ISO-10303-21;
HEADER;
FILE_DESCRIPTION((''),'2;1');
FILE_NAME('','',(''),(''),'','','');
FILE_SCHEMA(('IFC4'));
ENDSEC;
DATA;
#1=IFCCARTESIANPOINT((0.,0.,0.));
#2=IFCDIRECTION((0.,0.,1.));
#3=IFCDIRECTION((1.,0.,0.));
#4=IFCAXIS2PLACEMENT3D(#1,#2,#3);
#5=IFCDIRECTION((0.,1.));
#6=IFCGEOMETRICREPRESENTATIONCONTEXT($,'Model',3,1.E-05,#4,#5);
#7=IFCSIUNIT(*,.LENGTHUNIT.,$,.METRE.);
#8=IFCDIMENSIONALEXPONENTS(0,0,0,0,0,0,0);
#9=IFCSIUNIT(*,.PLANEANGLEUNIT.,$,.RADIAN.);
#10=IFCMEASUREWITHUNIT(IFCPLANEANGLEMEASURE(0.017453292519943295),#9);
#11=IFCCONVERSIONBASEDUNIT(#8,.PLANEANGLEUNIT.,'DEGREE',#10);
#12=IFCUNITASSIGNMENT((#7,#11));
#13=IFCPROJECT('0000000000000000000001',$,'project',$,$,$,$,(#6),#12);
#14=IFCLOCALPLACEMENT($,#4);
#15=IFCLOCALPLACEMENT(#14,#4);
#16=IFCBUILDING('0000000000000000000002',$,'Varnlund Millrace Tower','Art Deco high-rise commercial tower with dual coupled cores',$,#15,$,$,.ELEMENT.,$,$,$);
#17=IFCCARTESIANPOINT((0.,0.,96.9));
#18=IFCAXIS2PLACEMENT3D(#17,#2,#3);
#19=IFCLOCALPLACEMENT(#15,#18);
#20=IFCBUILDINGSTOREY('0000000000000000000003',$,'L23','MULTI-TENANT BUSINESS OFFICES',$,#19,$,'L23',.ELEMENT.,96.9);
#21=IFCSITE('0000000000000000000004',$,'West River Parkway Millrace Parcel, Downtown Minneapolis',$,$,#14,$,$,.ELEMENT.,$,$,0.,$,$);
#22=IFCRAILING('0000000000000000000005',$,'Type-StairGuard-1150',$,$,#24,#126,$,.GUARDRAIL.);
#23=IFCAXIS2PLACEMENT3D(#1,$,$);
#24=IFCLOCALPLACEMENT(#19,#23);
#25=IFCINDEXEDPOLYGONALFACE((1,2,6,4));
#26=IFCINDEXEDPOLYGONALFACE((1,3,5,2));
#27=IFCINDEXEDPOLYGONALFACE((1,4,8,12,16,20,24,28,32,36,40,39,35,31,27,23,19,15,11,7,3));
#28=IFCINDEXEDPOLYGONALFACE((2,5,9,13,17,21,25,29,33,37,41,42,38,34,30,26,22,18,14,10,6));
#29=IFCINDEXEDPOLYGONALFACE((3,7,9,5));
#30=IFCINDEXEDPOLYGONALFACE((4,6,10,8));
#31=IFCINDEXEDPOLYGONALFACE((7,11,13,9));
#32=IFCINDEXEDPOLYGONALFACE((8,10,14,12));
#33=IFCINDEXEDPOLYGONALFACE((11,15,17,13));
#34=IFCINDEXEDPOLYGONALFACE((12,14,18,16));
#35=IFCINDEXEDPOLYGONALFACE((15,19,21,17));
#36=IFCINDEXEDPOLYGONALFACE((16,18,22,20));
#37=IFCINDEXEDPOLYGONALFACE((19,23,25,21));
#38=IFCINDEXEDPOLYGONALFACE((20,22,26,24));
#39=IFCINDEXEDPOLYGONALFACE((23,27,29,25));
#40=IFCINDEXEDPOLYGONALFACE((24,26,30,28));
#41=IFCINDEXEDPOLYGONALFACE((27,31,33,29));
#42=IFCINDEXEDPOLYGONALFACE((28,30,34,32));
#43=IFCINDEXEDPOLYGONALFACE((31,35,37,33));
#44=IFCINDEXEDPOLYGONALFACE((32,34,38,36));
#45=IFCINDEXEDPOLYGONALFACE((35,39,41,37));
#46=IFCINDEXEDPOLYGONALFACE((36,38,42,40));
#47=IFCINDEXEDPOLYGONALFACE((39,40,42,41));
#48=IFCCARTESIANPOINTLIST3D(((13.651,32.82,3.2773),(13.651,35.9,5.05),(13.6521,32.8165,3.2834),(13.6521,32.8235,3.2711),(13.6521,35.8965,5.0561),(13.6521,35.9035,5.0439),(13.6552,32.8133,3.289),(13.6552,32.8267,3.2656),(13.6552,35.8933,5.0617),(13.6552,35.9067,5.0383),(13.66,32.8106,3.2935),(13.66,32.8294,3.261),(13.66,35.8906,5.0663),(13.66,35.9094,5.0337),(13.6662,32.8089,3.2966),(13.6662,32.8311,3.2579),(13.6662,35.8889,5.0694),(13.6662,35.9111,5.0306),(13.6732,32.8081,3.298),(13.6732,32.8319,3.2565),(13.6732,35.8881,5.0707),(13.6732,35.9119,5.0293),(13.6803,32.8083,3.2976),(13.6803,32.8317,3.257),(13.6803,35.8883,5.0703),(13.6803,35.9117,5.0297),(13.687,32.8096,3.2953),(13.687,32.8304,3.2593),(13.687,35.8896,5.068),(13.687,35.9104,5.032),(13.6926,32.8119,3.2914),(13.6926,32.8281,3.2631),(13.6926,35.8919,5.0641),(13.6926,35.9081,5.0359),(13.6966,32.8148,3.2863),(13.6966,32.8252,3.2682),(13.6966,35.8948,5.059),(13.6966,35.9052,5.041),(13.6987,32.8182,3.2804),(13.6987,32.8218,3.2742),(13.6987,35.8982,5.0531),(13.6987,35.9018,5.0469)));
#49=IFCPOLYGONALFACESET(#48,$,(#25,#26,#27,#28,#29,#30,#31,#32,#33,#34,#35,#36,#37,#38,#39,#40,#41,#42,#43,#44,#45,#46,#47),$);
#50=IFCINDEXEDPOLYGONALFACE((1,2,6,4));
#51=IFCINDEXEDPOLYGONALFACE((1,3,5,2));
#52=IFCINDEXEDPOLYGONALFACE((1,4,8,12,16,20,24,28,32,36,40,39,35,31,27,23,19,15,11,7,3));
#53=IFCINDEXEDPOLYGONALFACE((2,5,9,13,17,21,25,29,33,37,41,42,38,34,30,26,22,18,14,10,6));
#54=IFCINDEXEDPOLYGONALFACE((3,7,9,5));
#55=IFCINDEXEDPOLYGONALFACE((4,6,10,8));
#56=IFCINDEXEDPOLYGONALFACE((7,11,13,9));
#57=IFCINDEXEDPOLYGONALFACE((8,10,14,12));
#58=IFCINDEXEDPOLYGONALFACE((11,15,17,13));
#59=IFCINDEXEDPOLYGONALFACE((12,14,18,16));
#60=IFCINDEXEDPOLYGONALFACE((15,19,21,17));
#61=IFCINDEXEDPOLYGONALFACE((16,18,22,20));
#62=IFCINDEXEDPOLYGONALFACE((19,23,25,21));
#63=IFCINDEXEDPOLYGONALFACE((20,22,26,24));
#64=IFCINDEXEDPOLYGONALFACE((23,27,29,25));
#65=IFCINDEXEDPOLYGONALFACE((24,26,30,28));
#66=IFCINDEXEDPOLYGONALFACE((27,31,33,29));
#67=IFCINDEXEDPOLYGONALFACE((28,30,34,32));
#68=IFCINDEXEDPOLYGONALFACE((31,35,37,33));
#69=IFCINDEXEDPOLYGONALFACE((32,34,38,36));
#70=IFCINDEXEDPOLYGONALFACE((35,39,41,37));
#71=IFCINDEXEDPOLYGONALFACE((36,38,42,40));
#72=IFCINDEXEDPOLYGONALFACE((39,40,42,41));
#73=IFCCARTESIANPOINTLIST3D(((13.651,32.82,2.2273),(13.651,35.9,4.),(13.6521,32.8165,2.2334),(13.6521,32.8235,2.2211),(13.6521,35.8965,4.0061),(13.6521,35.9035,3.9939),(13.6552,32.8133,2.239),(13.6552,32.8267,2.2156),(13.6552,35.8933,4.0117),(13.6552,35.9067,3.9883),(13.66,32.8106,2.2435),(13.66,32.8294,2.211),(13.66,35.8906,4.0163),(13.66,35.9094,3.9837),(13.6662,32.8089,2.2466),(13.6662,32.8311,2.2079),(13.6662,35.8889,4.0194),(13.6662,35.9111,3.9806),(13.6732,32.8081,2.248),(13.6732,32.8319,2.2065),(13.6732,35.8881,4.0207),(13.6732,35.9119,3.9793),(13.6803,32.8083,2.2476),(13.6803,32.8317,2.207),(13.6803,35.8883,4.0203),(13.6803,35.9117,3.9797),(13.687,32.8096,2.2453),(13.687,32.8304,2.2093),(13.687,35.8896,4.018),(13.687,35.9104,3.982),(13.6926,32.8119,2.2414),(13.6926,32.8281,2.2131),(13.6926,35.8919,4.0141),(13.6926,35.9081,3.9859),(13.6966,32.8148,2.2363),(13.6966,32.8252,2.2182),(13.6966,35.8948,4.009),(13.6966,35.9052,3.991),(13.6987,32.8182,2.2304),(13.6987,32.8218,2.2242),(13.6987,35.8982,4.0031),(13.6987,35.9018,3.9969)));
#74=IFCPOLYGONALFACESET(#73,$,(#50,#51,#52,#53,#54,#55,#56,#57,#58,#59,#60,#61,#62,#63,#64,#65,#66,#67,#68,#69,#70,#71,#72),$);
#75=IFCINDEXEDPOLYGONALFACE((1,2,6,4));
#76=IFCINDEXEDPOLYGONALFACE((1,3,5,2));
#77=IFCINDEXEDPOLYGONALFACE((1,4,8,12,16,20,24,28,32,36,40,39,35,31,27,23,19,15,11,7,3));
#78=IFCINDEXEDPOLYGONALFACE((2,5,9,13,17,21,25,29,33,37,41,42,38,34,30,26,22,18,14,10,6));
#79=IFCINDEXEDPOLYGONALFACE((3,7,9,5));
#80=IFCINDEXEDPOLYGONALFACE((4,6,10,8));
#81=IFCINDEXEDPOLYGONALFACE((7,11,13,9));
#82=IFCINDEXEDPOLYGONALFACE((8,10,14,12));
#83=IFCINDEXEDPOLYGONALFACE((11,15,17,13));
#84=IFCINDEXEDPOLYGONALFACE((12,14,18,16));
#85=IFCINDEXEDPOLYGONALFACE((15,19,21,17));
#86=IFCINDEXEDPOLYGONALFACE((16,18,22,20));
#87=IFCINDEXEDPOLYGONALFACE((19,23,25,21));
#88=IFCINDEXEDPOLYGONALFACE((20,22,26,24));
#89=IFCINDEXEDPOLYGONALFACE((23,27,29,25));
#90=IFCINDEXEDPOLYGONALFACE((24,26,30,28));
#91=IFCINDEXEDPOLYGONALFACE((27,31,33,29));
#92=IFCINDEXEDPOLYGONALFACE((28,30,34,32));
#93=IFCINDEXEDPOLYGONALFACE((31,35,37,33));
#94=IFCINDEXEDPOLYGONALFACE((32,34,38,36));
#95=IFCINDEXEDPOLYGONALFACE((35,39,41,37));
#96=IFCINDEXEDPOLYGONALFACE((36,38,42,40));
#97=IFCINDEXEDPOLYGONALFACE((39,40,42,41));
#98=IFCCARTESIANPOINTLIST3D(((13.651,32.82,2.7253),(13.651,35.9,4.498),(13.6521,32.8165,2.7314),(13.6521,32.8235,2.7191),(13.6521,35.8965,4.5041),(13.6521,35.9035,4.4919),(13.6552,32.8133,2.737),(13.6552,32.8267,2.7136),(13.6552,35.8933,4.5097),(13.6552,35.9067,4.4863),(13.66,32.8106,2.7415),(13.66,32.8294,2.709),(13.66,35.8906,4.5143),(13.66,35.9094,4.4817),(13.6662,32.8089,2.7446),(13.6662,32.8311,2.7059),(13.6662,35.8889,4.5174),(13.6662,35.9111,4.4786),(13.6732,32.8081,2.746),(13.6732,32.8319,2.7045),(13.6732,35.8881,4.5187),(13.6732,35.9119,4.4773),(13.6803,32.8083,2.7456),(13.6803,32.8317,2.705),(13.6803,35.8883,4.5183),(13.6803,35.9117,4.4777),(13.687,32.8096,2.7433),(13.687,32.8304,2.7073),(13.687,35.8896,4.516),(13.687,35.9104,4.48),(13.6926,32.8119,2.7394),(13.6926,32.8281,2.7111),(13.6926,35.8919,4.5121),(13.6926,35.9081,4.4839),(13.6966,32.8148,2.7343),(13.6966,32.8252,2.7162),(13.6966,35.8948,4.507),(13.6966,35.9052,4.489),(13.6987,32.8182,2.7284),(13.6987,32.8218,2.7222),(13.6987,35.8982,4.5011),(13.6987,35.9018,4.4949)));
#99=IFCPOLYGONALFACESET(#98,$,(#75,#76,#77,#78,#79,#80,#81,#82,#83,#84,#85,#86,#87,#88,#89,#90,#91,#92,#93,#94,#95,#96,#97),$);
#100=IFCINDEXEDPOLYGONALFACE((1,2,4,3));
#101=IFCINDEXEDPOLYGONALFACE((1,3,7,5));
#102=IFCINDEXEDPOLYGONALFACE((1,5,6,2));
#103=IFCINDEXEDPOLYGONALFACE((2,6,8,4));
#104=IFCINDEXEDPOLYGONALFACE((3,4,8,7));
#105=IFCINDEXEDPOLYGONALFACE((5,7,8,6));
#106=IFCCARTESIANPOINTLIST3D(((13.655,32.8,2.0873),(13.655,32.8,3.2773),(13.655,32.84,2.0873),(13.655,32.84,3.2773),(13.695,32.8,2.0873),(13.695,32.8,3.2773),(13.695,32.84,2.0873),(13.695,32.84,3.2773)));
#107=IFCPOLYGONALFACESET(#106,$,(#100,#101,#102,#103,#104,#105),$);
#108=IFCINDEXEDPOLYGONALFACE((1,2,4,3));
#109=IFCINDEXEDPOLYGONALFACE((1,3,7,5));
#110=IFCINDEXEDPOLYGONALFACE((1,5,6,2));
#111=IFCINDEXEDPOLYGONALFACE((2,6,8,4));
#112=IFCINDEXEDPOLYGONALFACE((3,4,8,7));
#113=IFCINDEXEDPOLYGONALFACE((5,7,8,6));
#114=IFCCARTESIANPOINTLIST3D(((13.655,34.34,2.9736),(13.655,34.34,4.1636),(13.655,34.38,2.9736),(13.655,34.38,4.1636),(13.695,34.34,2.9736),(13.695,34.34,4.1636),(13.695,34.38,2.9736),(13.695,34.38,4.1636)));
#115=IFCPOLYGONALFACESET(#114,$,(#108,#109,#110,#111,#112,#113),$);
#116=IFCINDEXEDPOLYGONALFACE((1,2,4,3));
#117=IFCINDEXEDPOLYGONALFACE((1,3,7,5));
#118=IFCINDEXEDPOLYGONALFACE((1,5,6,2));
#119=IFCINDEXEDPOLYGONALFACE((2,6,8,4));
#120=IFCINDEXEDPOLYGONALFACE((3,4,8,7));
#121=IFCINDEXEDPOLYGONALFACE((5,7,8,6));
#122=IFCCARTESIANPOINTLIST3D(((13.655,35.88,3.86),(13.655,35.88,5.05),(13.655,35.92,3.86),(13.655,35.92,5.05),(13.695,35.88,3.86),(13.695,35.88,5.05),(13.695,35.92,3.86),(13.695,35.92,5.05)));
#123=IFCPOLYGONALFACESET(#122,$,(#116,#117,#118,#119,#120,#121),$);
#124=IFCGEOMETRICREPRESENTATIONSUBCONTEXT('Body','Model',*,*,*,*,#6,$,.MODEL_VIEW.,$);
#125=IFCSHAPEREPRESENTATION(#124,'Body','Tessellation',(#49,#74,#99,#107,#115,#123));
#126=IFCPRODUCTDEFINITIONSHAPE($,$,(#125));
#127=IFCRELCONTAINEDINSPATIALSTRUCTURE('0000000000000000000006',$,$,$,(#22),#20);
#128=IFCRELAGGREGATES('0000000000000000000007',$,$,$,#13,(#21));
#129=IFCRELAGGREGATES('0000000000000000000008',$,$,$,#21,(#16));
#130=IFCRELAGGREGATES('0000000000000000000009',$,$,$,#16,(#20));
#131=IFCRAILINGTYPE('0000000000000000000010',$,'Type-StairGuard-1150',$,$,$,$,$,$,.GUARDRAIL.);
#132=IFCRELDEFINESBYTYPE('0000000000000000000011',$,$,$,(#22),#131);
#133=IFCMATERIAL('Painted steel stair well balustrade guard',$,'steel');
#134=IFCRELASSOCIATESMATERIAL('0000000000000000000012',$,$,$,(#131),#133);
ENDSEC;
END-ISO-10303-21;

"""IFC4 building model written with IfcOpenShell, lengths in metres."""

from ifc_helpers import new_model, entity, si_unit, converted_unit, direction, frame, origin_with_axes, origin_2d_with_axis, place, context, subcontext, project, spatial, rectangle, circle, extrude, material, type_object, element, save


model = new_model("IFC4")

# Units and contexts
model_context = context("Model", 3, precision=1e-05, world=origin_with_axes(), true_north=direction((0.0, 1.0)))
body_context = subcontext(model_context, "Body", "Model", "MODEL_VIEW")
ifc_project = project(units=[si_unit("LENGTHUNIT", "METRE"), converted_unit("PLANEANGLEUNIT", "DEGREE", entity("IfcPlaneAngleMeasure", 0.017453292519943295), si_unit("PLANEANGLEUNIT", "RADIAN"), dimensions=[0, 0, 0, 0, 0, 0, 0])], contexts=[model_context])

# Site, building, storey
site_placement = place(None, origin_with_axes())
site = spatial("IfcSite", under=ifc_project, at=site_placement, Name="West River Parkway Millrace Parcel, Downtown Minneapolis", CompositionType="ELEMENT", RefElevation=0.0)
building_placement = place(site_placement, origin_with_axes())
building = spatial("IfcBuilding", under=site, at=building_placement, Name="Varnlund Millrace Tower", Description="Art Deco high-rise commercial tower with dual coupled cores", CompositionType="ELEMENT")
storey_placement = place(building_placement, frame((0.0, 0.0, 96.9), z_axis=(0.0, 0.0, 1.0), x_axis=(1.0, 0.0, 0.0)))
storey = spatial("IfcBuildingStorey", under=building, at=storey_placement, Name="L23", Description="MULTI-TENANT BUSINESS OFFICES", LongName="L23", CompositionType="ELEMENT", Elevation=96.9)

# Railing
ifc_material_1 = material(Name="Painted steel stair well balustrade guard", Category="steel")
railing_type_1 = type_object("IfcRailingType", Name="Type-StairGuard-1150", PredefinedType="GUARDRAIL", material=ifc_material_1)
railing_1_placement = place(storey_placement, frame((0.0, 0.0, -96.9), z_axis=(0.0, 0.0, 1.0), x_axis=(1.0, 0.0, 0.0)))
element("IfcRailing", 1, at=railing_1_placement, inside=storey, type_object=railing_type_1, Name="Type-StairGuard-1150", PredefinedType="GUARDRAIL", context=body_context, shape_type="SweptSolid", body=[
    extrude(circle(Radius=0.024, at=origin_2d_with_axis()), frame((13.675, 32.82, 100.1773), z_axis=(0.0, 0.866696, 0.498836), x_axis=(-1.0, 0.0, 0.0)), (0.0, 0.0, 1.0), 3.5537),
    extrude(circle(Radius=0.024, at=origin_2d_with_axis()), frame((13.675, 32.82, 99.1273), z_axis=(0.0, 0.866696, 0.498836), x_axis=(-1.0, 0.0, 0.0)), (0.0, 0.0, 1.0), 3.5537),
    extrude(circle(Radius=0.024, at=origin_2d_with_axis()), frame((13.675, 32.82, 99.6253), z_axis=(0.0, 0.866696, 0.498836), x_axis=(-1.0, 0.0, 0.0)), (0.0, 0.0, 1.0), 3.5537),
    extrude(rectangle(XDim=0.04, YDim=0.04, at=origin_2d_with_axis()), frame((13.675, 32.82, 98.9873), z_axis=(0.0, 0.0, 1.0), x_axis=(1.0, 0.0, 0.0)), (0.0, 0.0, 1.0), 1.19),
    extrude(rectangle(XDim=0.04, YDim=0.04, at=origin_2d_with_axis()), frame((13.675, 34.36, 99.8736), z_axis=(0.0, 0.0, 1.0), x_axis=(1.0, 0.0, 0.0)), (0.0, 0.0, 1.0), 1.19),
    extrude(rectangle(XDim=0.04, YDim=0.04, at=origin_2d_with_axis()), frame((13.675, 35.9, 100.76), z_axis=(0.0, 0.0, 1.0), x_axis=(1.0, 0.0, 0.0)), (0.0, 0.0, 1.0), 1.19),
])

save(model, "model.ifc")
